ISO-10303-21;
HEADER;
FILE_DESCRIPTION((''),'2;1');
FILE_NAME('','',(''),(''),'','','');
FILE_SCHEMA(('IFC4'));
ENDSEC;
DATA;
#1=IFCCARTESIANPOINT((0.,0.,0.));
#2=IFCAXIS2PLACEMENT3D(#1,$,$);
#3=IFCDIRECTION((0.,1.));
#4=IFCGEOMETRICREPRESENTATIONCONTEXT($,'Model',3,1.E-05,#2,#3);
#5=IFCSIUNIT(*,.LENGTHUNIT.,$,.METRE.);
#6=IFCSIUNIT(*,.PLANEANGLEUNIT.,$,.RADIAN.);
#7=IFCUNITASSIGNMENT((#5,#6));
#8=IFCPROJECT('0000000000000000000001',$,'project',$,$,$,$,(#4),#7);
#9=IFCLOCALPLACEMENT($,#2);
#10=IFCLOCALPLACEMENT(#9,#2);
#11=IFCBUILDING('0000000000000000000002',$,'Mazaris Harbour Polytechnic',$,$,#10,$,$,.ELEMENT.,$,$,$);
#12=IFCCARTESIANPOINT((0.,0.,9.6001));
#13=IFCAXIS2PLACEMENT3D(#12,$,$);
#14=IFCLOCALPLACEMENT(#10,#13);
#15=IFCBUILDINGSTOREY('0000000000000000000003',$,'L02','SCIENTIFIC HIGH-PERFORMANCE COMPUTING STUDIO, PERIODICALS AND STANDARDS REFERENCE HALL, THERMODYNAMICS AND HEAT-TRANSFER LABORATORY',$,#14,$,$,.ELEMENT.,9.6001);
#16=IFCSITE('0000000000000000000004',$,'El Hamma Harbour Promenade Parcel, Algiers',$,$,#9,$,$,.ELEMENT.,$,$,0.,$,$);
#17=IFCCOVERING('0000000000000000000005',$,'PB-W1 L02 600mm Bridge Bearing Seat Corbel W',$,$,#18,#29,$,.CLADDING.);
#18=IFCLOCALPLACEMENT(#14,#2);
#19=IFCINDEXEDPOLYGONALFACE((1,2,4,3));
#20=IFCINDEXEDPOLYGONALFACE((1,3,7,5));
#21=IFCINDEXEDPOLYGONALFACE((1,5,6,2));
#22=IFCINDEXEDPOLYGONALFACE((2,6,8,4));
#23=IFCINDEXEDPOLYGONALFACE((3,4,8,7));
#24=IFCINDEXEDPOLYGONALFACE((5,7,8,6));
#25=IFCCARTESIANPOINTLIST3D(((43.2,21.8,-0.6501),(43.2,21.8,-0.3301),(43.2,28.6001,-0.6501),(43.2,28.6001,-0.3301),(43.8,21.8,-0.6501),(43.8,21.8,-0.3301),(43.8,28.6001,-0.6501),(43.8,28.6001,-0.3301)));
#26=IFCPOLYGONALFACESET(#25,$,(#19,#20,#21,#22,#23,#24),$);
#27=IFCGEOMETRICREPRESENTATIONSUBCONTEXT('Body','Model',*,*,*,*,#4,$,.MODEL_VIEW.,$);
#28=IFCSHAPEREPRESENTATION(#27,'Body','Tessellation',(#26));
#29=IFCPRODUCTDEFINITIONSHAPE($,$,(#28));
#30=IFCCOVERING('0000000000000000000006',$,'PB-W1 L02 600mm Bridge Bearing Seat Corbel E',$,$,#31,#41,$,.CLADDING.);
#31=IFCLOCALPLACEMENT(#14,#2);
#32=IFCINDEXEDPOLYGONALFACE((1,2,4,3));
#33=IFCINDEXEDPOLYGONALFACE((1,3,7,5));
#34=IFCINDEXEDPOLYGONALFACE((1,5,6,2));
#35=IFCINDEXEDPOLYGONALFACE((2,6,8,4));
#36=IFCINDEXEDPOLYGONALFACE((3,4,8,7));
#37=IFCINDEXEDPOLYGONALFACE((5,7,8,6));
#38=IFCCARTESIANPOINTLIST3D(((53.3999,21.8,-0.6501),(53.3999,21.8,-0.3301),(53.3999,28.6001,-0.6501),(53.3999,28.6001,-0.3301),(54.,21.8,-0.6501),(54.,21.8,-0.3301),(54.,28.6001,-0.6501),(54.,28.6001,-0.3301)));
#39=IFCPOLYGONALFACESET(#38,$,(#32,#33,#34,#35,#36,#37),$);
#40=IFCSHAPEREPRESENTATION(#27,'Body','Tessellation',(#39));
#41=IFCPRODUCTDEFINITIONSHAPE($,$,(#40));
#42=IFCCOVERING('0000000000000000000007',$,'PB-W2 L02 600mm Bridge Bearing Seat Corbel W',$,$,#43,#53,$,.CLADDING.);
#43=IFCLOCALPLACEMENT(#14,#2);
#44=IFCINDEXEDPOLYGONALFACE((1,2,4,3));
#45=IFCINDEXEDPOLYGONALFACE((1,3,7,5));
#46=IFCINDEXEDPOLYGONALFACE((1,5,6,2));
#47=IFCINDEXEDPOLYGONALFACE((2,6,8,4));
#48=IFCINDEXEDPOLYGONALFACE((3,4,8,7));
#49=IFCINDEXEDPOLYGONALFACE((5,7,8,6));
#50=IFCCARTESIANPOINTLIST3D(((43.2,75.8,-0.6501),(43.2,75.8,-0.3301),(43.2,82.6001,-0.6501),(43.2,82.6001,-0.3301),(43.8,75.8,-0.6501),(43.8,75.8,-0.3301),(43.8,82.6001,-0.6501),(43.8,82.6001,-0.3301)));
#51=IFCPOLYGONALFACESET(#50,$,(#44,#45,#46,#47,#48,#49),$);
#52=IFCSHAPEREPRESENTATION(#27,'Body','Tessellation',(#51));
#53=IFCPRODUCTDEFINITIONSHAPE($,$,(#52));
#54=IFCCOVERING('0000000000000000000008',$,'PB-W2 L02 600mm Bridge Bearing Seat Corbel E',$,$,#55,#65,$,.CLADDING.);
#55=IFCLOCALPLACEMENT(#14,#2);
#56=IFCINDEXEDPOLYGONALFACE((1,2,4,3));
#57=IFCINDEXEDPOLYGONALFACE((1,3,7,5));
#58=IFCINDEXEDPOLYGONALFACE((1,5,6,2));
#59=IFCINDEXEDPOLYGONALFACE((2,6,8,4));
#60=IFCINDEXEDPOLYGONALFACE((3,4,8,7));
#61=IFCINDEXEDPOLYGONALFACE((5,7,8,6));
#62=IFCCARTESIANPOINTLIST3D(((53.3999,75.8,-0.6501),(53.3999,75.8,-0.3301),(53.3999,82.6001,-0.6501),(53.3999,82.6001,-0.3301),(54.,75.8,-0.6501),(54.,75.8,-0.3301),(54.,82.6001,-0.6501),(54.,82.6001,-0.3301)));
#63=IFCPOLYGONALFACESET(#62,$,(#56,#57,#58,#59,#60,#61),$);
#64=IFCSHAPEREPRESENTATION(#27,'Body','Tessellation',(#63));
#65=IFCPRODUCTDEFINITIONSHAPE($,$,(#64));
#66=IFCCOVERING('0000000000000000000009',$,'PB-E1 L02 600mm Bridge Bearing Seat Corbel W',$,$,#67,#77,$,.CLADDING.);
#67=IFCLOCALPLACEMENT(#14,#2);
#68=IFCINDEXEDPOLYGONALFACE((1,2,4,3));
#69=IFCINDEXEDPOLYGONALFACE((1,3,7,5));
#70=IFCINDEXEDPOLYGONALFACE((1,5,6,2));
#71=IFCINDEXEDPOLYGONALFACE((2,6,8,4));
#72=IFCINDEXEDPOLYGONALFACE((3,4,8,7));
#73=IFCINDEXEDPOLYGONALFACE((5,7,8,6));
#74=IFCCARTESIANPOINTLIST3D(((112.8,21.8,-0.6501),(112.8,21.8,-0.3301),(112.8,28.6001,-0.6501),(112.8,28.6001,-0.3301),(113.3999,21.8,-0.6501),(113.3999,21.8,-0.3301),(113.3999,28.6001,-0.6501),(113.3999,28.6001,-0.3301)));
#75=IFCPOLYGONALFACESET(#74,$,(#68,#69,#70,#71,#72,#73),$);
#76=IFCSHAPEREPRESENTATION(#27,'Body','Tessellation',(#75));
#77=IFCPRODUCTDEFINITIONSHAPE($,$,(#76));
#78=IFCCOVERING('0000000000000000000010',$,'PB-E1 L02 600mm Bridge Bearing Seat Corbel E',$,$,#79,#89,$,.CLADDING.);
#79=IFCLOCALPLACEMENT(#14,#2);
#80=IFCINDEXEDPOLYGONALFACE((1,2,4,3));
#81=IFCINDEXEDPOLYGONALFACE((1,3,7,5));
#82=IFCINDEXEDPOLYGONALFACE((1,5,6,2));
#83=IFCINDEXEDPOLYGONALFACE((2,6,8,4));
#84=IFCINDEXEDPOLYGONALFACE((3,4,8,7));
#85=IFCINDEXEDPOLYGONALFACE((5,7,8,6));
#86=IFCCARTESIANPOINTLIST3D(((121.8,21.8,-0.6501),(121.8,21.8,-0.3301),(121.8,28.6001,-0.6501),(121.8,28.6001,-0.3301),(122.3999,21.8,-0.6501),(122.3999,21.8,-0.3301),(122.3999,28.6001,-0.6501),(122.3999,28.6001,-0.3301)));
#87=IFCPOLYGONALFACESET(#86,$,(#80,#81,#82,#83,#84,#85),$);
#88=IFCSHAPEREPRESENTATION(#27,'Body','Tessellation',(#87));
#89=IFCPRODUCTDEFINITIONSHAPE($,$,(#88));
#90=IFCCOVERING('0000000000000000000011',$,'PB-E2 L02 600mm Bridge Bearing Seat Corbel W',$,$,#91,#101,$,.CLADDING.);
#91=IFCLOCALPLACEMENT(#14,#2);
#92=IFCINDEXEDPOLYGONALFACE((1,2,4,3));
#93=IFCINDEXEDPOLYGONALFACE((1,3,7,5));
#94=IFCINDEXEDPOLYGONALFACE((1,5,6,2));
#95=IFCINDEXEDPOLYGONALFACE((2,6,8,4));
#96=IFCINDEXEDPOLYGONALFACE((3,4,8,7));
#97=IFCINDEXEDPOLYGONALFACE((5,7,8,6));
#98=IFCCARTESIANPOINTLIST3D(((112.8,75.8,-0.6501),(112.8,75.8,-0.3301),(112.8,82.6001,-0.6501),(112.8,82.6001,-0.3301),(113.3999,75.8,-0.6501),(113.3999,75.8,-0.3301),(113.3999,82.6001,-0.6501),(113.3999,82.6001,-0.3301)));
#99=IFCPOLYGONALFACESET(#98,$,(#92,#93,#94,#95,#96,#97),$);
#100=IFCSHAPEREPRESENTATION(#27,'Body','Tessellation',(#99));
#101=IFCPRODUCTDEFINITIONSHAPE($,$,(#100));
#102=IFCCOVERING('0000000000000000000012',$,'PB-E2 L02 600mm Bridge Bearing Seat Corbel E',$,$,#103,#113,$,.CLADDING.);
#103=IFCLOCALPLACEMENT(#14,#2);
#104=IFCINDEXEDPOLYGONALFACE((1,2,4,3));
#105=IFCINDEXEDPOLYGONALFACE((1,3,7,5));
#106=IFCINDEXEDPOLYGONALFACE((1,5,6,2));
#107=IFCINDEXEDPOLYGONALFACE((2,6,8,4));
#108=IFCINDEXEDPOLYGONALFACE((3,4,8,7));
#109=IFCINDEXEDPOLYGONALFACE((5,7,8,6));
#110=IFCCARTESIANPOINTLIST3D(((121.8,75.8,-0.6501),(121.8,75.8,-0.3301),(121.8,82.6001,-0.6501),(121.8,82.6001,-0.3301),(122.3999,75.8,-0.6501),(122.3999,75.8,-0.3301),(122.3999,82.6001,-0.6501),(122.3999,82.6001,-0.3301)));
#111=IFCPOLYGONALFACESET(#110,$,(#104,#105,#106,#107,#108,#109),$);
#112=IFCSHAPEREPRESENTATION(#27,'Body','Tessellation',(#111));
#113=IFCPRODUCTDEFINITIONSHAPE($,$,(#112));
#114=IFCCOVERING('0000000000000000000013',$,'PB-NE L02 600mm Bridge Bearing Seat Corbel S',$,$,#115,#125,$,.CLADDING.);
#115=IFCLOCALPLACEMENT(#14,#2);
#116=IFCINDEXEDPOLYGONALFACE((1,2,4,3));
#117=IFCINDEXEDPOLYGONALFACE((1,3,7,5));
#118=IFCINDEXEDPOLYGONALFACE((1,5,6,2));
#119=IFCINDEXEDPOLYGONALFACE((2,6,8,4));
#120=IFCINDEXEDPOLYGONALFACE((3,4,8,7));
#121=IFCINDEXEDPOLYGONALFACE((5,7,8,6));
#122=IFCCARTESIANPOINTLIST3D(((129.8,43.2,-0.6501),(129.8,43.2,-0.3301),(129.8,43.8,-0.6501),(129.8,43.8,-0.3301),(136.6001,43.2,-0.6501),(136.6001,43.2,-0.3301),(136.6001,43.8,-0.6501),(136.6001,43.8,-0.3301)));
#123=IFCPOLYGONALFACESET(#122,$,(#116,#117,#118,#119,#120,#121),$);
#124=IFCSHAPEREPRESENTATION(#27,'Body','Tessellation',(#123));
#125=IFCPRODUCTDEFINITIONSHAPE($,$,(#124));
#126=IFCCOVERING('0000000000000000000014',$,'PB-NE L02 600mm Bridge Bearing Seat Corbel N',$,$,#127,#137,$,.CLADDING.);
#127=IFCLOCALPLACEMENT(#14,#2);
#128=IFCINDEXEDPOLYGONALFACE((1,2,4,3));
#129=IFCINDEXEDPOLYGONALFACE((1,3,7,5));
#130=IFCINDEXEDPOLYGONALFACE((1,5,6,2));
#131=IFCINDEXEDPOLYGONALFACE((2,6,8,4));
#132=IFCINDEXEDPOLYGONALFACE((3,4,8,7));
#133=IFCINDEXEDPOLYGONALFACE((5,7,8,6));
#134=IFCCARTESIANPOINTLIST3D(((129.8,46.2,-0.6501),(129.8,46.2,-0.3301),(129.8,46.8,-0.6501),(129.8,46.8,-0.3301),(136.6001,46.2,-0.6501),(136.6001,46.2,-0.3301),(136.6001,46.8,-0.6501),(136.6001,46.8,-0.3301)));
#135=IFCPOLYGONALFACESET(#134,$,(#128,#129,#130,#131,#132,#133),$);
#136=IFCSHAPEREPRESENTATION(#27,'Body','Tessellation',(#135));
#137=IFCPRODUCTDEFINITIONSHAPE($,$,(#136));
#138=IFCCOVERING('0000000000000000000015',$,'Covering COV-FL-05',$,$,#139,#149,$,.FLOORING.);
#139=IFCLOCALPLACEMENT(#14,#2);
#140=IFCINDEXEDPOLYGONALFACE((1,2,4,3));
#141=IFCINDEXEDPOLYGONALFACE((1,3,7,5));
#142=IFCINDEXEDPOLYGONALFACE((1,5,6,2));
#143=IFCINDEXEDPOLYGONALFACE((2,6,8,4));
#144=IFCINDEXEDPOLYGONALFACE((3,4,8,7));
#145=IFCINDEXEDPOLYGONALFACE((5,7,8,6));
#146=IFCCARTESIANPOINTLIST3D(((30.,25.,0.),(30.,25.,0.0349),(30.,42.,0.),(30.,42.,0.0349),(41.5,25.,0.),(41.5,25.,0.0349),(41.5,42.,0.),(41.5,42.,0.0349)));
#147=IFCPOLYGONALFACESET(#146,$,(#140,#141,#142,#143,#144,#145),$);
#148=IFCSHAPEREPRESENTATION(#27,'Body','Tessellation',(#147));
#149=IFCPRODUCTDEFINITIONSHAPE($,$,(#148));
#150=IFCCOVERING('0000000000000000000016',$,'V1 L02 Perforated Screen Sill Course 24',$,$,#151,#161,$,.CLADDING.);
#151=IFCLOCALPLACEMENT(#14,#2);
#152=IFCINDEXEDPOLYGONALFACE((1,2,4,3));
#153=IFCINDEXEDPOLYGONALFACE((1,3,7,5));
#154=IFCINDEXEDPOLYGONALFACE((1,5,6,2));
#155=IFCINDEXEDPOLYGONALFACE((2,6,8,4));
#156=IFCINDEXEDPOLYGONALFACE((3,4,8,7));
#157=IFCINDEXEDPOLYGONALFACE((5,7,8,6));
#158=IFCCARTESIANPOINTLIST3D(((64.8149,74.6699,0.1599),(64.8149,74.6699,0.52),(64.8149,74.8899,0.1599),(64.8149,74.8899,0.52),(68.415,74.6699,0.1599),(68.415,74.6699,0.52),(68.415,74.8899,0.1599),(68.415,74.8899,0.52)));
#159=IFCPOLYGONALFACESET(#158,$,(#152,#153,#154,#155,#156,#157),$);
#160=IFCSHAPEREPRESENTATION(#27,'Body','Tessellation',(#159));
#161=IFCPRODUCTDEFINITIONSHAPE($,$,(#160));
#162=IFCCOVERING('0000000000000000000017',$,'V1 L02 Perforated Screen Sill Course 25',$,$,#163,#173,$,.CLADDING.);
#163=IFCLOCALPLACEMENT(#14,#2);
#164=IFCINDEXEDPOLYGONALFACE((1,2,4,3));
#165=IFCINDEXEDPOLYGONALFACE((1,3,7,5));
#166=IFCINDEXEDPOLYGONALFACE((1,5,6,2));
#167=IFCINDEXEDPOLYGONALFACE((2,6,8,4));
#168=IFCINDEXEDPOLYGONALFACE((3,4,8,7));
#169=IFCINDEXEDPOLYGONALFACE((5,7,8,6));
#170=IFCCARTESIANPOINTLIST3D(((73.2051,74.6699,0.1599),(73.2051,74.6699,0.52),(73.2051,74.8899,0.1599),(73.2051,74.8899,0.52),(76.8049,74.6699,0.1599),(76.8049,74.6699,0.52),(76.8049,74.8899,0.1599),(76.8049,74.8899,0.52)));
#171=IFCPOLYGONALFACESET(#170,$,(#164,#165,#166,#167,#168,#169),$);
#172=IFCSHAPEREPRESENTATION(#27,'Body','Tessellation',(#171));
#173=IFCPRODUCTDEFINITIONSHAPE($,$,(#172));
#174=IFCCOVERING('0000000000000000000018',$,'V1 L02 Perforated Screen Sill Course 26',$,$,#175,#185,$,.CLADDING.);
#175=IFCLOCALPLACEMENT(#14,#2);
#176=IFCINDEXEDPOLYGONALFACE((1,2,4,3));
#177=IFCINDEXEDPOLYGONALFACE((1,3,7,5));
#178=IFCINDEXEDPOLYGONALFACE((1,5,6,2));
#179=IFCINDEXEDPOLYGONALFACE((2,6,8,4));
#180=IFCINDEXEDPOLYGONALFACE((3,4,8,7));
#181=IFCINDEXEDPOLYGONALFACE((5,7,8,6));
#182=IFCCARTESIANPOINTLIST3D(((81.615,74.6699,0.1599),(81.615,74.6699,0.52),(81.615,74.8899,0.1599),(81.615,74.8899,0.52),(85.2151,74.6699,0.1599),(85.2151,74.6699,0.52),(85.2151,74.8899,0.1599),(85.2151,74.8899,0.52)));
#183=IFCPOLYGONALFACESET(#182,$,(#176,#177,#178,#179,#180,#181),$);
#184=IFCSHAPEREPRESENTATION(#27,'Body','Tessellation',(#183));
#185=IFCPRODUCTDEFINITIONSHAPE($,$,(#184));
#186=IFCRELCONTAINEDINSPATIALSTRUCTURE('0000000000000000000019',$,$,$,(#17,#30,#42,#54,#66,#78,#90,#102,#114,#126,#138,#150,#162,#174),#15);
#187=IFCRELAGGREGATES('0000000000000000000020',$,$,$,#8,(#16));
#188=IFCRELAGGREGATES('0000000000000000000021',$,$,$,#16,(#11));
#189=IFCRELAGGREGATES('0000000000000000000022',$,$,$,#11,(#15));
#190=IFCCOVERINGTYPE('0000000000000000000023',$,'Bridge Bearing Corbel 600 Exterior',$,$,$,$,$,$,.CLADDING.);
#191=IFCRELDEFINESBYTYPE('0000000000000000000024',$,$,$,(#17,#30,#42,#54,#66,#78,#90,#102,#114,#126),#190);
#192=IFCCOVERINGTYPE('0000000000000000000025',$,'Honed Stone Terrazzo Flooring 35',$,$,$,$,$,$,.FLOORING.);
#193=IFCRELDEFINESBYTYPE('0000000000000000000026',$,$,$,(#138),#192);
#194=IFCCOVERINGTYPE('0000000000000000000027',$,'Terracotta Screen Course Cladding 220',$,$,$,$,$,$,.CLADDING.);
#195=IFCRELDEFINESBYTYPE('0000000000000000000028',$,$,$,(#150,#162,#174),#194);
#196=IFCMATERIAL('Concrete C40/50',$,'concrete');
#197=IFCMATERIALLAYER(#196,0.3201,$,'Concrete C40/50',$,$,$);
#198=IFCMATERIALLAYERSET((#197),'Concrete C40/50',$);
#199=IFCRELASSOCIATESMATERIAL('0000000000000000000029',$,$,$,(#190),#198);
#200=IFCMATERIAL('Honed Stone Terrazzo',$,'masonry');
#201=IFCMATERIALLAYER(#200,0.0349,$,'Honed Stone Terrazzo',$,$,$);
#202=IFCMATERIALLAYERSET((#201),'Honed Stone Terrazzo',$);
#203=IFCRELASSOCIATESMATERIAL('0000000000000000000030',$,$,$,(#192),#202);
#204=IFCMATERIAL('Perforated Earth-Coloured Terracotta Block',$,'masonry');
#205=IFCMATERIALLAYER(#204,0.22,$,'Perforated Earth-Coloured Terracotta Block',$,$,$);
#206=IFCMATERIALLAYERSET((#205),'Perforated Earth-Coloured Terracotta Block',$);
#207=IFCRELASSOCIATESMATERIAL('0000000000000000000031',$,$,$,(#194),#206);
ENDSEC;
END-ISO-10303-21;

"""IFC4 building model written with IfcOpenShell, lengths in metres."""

from ifc_helpers import new_model, si_unit, direction, frame, origin, place, context, subcontext, project, spatial, polyline, outline, extrude, material, layer, layer_set, type_object, element, save


model = new_model("IFC4")

# Units and contexts
model_context = context("Model", 3, precision=1e-05, world=origin(), true_north=direction((0.0, 1.0)))
body_context = subcontext(model_context, "Body", "Model", "MODEL_VIEW")
ifc_project = project(units=[si_unit("LENGTHUNIT", "METRE"), si_unit("PLANEANGLEUNIT", "RADIAN")], contexts=[model_context])

# Site, building, storey
site_placement = place(None, origin())
site = spatial("IfcSite", under=ifc_project, at=site_placement, Name="El Hamma Harbour Promenade Parcel, Algiers", CompositionType="ELEMENT", RefElevation=0.0)
building_placement = place(site_placement, origin())
building = spatial("IfcBuilding", under=site, at=building_placement, Name="Mazaris Harbour Polytechnic", CompositionType="ELEMENT")
storey_placement = place(building_placement, frame((0.0, 0.0, 9.6001)))
storey = spatial("IfcBuildingStorey", under=building, at=storey_placement, Name="L02", Description="SCIENTIFIC HIGH-PERFORMANCE COMPUTING STUDIO, PERIODICALS AND STANDARDS REFERENCE HALL, THERMODYNAMICS AND HEAT-TRANSFER LABORATORY", CompositionType="ELEMENT", Elevation=9.6001)

# Coverings
ifc_material_1 = material(Name="Concrete C40/50", Category="concrete")
ifc_layer_1 = layer(ifc_material_1, 0.3201, Name="Concrete C40/50")
ifc_layer_set_1 = layer_set([ifc_layer_1], Name="Concrete C40/50")
covering_type_1 = type_object("IfcCoveringType", Name="Bridge Bearing Corbel 600 Exterior", PredefinedType="CLADDING", material=ifc_layer_set_1)
covering_1_placement = place(storey_placement, frame((0.0, 0.0, -0.6501)))
element("IfcCovering", 1, at=covering_1_placement, inside=storey, type_object=covering_type_1, Name="PB-W1 L02 600mm Bridge Bearing Seat Corbel W", PredefinedType="CLADDING", context=body_context, shape_type="SweptSolid", body=[
    extrude(outline(polyline([(43.2, 21.8), (43.8, 21.8), (43.8, 28.6001), (43.2, 28.6001), (43.2, 21.8)])), origin(), (0.0, 0.0, 1.0), 0.3201),
])
covering_2_placement = place(storey_placement, frame((0.0, 0.0, -0.6501)))
element("IfcCovering", 2, at=covering_2_placement, inside=storey, type_object=covering_type_1, Name="PB-W1 L02 600mm Bridge Bearing Seat Corbel E", PredefinedType="CLADDING", context=body_context, shape_type="SweptSolid", body=[
    extrude(outline(polyline([(53.3999, 21.8), (54.0, 21.8), (54.0, 28.6001), (53.3999, 28.6001), (53.3999, 21.8)])), origin(), (0.0, 0.0, 1.0), 0.3201),
])
covering_3_placement = place(storey_placement, frame((0.0, 0.0, -0.6501)))
element("IfcCovering", 3, at=covering_3_placement, inside=storey, type_object=covering_type_1, Name="PB-W2 L02 600mm Bridge Bearing Seat Corbel W", PredefinedType="CLADDING", context=body_context, shape_type="SweptSolid", body=[
    extrude(outline(polyline([(43.2, 75.8), (43.8, 75.8), (43.8, 82.6001), (43.2, 82.6001), (43.2, 75.8)])), origin(), (0.0, 0.0, 1.0), 0.3201),
])
covering_4_placement = place(storey_placement, frame((0.0, 0.0, -0.6501)))
element("IfcCovering", 4, at=covering_4_placement, inside=storey, type_object=covering_type_1, Name="PB-W2 L02 600mm Bridge Bearing Seat Corbel E", PredefinedType="CLADDING", context=body_context, shape_type="SweptSolid", body=[
    extrude(outline(polyline([(53.3999, 75.8), (54.0, 75.8), (54.0, 82.6001), (53.3999, 82.6001), (53.3999, 75.8)])), origin(), (0.0, 0.0, 1.0), 0.3201),
])
covering_5_placement = place(storey_placement, frame((0.0, 0.0, -0.6501)))
element("IfcCovering", 5, at=covering_5_placement, inside=storey, type_object=covering_type_1, Name="PB-E1 L02 600mm Bridge Bearing Seat Corbel W", PredefinedType="CLADDING", context=body_context, shape_type="SweptSolid", body=[
    extrude(outline(polyline([(112.8, 21.8), (113.3999, 21.8), (113.3999, 28.6001), (112.8, 28.6001), (112.8, 21.8)])), origin(), (0.0, 0.0, 1.0), 0.3201),
])
covering_6_placement = place(storey_placement, frame((0.0, 0.0, -0.6501)))
element("IfcCovering", 6, at=covering_6_placement, inside=storey, type_object=covering_type_1, Name="PB-E1 L02 600mm Bridge Bearing Seat Corbel E", PredefinedType="CLADDING", context=body_context, shape_type="SweptSolid", body=[
    extrude(outline(polyline([(121.8, 21.8), (122.3999, 21.8), (122.3999, 28.6001), (121.8, 28.6001), (121.8, 21.8)])), origin(), (0.0, 0.0, 1.0), 0.3201),
])
covering_7_placement = place(storey_placement, frame((0.0, 0.0, -0.6501)))
element("IfcCovering", 7, at=covering_7_placement, inside=storey, type_object=covering_type_1, Name="PB-E2 L02 600mm Bridge Bearing Seat Corbel W", PredefinedType="CLADDING", context=body_context, shape_type="SweptSolid", body=[
    extrude(outline(polyline([(112.8, 75.8), (113.3999, 75.8), (113.3999, 82.6001), (112.8, 82.6001), (112.8, 75.8)])), origin(), (0.0, 0.0, 1.0), 0.3201),
])
covering_8_placement = place(storey_placement, frame((0.0, 0.0, -0.6501)))
element("IfcCovering", 8, at=covering_8_placement, inside=storey, type_object=covering_type_1, Name="PB-E2 L02 600mm Bridge Bearing Seat Corbel E", PredefinedType="CLADDING", context=body_context, shape_type="SweptSolid", body=[
    extrude(outline(polyline([(121.8, 75.8), (122.3999, 75.8), (122.3999, 82.6001), (121.8, 82.6001), (121.8, 75.8)])), origin(), (0.0, 0.0, 1.0), 0.3201),
])
covering_9_placement = place(storey_placement, frame((0.0, 0.0, -0.6501)))
element("IfcCovering", 9, at=covering_9_placement, inside=storey, type_object=covering_type_1, Name="PB-NE L02 600mm Bridge Bearing Seat Corbel S", PredefinedType="CLADDING", context=body_context, shape_type="SweptSolid", body=[
    extrude(outline(polyline([(129.8, 43.2), (136.6001, 43.2), (136.6001, 43.8), (129.8, 43.8), (129.8, 43.2)])), origin(), (0.0, 0.0, 1.0), 0.3201),
])
covering_10_placement = place(storey_placement, frame((0.0, 0.0, -0.6501)))
element("IfcCovering", 10, at=covering_10_placement, inside=storey, type_object=covering_type_1, Name="PB-NE L02 600mm Bridge Bearing Seat Corbel N", PredefinedType="CLADDING", context=body_context, shape_type="SweptSolid", body=[
    extrude(outline(polyline([(129.8, 46.2), (136.6001, 46.2), (136.6001, 46.8), (129.8, 46.8), (129.8, 46.2)])), origin(), (0.0, 0.0, 1.0), 0.3201),
])
ifc_material_2 = material(Name="Honed Stone Terrazzo", Category="masonry")
ifc_layer_2 = layer(ifc_material_2, 0.0349, Name="Honed Stone Terrazzo")
ifc_layer_set_2 = layer_set([ifc_layer_2], Name="Honed Stone Terrazzo")
covering_type_2 = type_object("IfcCoveringType", Name="Honed Stone Terrazzo Flooring 35", PredefinedType="FLOORING", material=ifc_layer_set_2)
covering_11_placement = place(storey_placement, origin())
element("IfcCovering", 11, at=covering_11_placement, inside=storey, type_object=covering_type_2, Name="Covering COV-FL-05", PredefinedType="FLOORING", context=body_context, shape_type="SweptSolid", body=[
    extrude(outline(polyline([(30.0, 25.0), (41.5, 25.0), (41.5, 42.0), (30.0, 42.0), (30.0, 25.0)])), origin(), (0.0, 0.0, 1.0), 0.0349),
])
ifc_material_3 = material(Name="Perforated Earth-Coloured Terracotta Block", Category="masonry")
ifc_layer_3 = layer(ifc_material_3, 0.22, Name="Perforated Earth-Coloured Terracotta Block")
ifc_layer_set_3 = layer_set([ifc_layer_3], Name="Perforated Earth-Coloured Terracotta Block")
covering_type_3 = type_object("IfcCoveringType", Name="Terracotta Screen Course Cladding 220", PredefinedType="CLADDING", material=ifc_layer_set_3)
covering_12_placement = place(storey_placement, frame((0.0, 0.0, 0.1599)))
element("IfcCovering", 12, at=covering_12_placement, inside=storey, type_object=covering_type_3, Name="V1 L02 Perforated Screen Sill Course 24", PredefinedType="CLADDING", context=body_context, shape_type="SweptSolid", body=[
    extrude(outline(polyline([(68.415, 74.8899), (64.8149, 74.8899), (64.8149, 74.6699), (68.415, 74.6699), (68.415, 74.8899)])), origin(), (0.0, 0.0, 1.0), 0.3601),
])
covering_13_placement = place(storey_placement, frame((0.0, 0.0, 0.1599)))
element("IfcCovering", 13, at=covering_13_placement, inside=storey, type_object=covering_type_3, Name="V1 L02 Perforated Screen Sill Course 25", PredefinedType="CLADDING", context=body_context, shape_type="SweptSolid", body=[
    extrude(outline(polyline([(76.8049, 74.8899), (73.2051, 74.8899), (73.2051, 74.6699), (76.8049, 74.6699), (76.8049, 74.8899)])), origin(), (0.0, 0.0, 1.0), 0.3601),
])
covering_14_placement = place(storey_placement, frame((0.0, 0.0, 0.1599)))
element("IfcCovering", 14, at=covering_14_placement, inside=storey, type_object=covering_type_3, Name="V1 L02 Perforated Screen Sill Course 26", PredefinedType="CLADDING", context=body_context, shape_type="SweptSolid", body=[
    extrude(outline(polyline([(85.2151, 74.8899), (81.615, 74.8899), (81.615, 74.6699), (85.2151, 74.6699), (85.2151, 74.8899)])), origin(), (0.0, 0.0, 1.0), 0.3601),
])

save(model, "model.ifc")
